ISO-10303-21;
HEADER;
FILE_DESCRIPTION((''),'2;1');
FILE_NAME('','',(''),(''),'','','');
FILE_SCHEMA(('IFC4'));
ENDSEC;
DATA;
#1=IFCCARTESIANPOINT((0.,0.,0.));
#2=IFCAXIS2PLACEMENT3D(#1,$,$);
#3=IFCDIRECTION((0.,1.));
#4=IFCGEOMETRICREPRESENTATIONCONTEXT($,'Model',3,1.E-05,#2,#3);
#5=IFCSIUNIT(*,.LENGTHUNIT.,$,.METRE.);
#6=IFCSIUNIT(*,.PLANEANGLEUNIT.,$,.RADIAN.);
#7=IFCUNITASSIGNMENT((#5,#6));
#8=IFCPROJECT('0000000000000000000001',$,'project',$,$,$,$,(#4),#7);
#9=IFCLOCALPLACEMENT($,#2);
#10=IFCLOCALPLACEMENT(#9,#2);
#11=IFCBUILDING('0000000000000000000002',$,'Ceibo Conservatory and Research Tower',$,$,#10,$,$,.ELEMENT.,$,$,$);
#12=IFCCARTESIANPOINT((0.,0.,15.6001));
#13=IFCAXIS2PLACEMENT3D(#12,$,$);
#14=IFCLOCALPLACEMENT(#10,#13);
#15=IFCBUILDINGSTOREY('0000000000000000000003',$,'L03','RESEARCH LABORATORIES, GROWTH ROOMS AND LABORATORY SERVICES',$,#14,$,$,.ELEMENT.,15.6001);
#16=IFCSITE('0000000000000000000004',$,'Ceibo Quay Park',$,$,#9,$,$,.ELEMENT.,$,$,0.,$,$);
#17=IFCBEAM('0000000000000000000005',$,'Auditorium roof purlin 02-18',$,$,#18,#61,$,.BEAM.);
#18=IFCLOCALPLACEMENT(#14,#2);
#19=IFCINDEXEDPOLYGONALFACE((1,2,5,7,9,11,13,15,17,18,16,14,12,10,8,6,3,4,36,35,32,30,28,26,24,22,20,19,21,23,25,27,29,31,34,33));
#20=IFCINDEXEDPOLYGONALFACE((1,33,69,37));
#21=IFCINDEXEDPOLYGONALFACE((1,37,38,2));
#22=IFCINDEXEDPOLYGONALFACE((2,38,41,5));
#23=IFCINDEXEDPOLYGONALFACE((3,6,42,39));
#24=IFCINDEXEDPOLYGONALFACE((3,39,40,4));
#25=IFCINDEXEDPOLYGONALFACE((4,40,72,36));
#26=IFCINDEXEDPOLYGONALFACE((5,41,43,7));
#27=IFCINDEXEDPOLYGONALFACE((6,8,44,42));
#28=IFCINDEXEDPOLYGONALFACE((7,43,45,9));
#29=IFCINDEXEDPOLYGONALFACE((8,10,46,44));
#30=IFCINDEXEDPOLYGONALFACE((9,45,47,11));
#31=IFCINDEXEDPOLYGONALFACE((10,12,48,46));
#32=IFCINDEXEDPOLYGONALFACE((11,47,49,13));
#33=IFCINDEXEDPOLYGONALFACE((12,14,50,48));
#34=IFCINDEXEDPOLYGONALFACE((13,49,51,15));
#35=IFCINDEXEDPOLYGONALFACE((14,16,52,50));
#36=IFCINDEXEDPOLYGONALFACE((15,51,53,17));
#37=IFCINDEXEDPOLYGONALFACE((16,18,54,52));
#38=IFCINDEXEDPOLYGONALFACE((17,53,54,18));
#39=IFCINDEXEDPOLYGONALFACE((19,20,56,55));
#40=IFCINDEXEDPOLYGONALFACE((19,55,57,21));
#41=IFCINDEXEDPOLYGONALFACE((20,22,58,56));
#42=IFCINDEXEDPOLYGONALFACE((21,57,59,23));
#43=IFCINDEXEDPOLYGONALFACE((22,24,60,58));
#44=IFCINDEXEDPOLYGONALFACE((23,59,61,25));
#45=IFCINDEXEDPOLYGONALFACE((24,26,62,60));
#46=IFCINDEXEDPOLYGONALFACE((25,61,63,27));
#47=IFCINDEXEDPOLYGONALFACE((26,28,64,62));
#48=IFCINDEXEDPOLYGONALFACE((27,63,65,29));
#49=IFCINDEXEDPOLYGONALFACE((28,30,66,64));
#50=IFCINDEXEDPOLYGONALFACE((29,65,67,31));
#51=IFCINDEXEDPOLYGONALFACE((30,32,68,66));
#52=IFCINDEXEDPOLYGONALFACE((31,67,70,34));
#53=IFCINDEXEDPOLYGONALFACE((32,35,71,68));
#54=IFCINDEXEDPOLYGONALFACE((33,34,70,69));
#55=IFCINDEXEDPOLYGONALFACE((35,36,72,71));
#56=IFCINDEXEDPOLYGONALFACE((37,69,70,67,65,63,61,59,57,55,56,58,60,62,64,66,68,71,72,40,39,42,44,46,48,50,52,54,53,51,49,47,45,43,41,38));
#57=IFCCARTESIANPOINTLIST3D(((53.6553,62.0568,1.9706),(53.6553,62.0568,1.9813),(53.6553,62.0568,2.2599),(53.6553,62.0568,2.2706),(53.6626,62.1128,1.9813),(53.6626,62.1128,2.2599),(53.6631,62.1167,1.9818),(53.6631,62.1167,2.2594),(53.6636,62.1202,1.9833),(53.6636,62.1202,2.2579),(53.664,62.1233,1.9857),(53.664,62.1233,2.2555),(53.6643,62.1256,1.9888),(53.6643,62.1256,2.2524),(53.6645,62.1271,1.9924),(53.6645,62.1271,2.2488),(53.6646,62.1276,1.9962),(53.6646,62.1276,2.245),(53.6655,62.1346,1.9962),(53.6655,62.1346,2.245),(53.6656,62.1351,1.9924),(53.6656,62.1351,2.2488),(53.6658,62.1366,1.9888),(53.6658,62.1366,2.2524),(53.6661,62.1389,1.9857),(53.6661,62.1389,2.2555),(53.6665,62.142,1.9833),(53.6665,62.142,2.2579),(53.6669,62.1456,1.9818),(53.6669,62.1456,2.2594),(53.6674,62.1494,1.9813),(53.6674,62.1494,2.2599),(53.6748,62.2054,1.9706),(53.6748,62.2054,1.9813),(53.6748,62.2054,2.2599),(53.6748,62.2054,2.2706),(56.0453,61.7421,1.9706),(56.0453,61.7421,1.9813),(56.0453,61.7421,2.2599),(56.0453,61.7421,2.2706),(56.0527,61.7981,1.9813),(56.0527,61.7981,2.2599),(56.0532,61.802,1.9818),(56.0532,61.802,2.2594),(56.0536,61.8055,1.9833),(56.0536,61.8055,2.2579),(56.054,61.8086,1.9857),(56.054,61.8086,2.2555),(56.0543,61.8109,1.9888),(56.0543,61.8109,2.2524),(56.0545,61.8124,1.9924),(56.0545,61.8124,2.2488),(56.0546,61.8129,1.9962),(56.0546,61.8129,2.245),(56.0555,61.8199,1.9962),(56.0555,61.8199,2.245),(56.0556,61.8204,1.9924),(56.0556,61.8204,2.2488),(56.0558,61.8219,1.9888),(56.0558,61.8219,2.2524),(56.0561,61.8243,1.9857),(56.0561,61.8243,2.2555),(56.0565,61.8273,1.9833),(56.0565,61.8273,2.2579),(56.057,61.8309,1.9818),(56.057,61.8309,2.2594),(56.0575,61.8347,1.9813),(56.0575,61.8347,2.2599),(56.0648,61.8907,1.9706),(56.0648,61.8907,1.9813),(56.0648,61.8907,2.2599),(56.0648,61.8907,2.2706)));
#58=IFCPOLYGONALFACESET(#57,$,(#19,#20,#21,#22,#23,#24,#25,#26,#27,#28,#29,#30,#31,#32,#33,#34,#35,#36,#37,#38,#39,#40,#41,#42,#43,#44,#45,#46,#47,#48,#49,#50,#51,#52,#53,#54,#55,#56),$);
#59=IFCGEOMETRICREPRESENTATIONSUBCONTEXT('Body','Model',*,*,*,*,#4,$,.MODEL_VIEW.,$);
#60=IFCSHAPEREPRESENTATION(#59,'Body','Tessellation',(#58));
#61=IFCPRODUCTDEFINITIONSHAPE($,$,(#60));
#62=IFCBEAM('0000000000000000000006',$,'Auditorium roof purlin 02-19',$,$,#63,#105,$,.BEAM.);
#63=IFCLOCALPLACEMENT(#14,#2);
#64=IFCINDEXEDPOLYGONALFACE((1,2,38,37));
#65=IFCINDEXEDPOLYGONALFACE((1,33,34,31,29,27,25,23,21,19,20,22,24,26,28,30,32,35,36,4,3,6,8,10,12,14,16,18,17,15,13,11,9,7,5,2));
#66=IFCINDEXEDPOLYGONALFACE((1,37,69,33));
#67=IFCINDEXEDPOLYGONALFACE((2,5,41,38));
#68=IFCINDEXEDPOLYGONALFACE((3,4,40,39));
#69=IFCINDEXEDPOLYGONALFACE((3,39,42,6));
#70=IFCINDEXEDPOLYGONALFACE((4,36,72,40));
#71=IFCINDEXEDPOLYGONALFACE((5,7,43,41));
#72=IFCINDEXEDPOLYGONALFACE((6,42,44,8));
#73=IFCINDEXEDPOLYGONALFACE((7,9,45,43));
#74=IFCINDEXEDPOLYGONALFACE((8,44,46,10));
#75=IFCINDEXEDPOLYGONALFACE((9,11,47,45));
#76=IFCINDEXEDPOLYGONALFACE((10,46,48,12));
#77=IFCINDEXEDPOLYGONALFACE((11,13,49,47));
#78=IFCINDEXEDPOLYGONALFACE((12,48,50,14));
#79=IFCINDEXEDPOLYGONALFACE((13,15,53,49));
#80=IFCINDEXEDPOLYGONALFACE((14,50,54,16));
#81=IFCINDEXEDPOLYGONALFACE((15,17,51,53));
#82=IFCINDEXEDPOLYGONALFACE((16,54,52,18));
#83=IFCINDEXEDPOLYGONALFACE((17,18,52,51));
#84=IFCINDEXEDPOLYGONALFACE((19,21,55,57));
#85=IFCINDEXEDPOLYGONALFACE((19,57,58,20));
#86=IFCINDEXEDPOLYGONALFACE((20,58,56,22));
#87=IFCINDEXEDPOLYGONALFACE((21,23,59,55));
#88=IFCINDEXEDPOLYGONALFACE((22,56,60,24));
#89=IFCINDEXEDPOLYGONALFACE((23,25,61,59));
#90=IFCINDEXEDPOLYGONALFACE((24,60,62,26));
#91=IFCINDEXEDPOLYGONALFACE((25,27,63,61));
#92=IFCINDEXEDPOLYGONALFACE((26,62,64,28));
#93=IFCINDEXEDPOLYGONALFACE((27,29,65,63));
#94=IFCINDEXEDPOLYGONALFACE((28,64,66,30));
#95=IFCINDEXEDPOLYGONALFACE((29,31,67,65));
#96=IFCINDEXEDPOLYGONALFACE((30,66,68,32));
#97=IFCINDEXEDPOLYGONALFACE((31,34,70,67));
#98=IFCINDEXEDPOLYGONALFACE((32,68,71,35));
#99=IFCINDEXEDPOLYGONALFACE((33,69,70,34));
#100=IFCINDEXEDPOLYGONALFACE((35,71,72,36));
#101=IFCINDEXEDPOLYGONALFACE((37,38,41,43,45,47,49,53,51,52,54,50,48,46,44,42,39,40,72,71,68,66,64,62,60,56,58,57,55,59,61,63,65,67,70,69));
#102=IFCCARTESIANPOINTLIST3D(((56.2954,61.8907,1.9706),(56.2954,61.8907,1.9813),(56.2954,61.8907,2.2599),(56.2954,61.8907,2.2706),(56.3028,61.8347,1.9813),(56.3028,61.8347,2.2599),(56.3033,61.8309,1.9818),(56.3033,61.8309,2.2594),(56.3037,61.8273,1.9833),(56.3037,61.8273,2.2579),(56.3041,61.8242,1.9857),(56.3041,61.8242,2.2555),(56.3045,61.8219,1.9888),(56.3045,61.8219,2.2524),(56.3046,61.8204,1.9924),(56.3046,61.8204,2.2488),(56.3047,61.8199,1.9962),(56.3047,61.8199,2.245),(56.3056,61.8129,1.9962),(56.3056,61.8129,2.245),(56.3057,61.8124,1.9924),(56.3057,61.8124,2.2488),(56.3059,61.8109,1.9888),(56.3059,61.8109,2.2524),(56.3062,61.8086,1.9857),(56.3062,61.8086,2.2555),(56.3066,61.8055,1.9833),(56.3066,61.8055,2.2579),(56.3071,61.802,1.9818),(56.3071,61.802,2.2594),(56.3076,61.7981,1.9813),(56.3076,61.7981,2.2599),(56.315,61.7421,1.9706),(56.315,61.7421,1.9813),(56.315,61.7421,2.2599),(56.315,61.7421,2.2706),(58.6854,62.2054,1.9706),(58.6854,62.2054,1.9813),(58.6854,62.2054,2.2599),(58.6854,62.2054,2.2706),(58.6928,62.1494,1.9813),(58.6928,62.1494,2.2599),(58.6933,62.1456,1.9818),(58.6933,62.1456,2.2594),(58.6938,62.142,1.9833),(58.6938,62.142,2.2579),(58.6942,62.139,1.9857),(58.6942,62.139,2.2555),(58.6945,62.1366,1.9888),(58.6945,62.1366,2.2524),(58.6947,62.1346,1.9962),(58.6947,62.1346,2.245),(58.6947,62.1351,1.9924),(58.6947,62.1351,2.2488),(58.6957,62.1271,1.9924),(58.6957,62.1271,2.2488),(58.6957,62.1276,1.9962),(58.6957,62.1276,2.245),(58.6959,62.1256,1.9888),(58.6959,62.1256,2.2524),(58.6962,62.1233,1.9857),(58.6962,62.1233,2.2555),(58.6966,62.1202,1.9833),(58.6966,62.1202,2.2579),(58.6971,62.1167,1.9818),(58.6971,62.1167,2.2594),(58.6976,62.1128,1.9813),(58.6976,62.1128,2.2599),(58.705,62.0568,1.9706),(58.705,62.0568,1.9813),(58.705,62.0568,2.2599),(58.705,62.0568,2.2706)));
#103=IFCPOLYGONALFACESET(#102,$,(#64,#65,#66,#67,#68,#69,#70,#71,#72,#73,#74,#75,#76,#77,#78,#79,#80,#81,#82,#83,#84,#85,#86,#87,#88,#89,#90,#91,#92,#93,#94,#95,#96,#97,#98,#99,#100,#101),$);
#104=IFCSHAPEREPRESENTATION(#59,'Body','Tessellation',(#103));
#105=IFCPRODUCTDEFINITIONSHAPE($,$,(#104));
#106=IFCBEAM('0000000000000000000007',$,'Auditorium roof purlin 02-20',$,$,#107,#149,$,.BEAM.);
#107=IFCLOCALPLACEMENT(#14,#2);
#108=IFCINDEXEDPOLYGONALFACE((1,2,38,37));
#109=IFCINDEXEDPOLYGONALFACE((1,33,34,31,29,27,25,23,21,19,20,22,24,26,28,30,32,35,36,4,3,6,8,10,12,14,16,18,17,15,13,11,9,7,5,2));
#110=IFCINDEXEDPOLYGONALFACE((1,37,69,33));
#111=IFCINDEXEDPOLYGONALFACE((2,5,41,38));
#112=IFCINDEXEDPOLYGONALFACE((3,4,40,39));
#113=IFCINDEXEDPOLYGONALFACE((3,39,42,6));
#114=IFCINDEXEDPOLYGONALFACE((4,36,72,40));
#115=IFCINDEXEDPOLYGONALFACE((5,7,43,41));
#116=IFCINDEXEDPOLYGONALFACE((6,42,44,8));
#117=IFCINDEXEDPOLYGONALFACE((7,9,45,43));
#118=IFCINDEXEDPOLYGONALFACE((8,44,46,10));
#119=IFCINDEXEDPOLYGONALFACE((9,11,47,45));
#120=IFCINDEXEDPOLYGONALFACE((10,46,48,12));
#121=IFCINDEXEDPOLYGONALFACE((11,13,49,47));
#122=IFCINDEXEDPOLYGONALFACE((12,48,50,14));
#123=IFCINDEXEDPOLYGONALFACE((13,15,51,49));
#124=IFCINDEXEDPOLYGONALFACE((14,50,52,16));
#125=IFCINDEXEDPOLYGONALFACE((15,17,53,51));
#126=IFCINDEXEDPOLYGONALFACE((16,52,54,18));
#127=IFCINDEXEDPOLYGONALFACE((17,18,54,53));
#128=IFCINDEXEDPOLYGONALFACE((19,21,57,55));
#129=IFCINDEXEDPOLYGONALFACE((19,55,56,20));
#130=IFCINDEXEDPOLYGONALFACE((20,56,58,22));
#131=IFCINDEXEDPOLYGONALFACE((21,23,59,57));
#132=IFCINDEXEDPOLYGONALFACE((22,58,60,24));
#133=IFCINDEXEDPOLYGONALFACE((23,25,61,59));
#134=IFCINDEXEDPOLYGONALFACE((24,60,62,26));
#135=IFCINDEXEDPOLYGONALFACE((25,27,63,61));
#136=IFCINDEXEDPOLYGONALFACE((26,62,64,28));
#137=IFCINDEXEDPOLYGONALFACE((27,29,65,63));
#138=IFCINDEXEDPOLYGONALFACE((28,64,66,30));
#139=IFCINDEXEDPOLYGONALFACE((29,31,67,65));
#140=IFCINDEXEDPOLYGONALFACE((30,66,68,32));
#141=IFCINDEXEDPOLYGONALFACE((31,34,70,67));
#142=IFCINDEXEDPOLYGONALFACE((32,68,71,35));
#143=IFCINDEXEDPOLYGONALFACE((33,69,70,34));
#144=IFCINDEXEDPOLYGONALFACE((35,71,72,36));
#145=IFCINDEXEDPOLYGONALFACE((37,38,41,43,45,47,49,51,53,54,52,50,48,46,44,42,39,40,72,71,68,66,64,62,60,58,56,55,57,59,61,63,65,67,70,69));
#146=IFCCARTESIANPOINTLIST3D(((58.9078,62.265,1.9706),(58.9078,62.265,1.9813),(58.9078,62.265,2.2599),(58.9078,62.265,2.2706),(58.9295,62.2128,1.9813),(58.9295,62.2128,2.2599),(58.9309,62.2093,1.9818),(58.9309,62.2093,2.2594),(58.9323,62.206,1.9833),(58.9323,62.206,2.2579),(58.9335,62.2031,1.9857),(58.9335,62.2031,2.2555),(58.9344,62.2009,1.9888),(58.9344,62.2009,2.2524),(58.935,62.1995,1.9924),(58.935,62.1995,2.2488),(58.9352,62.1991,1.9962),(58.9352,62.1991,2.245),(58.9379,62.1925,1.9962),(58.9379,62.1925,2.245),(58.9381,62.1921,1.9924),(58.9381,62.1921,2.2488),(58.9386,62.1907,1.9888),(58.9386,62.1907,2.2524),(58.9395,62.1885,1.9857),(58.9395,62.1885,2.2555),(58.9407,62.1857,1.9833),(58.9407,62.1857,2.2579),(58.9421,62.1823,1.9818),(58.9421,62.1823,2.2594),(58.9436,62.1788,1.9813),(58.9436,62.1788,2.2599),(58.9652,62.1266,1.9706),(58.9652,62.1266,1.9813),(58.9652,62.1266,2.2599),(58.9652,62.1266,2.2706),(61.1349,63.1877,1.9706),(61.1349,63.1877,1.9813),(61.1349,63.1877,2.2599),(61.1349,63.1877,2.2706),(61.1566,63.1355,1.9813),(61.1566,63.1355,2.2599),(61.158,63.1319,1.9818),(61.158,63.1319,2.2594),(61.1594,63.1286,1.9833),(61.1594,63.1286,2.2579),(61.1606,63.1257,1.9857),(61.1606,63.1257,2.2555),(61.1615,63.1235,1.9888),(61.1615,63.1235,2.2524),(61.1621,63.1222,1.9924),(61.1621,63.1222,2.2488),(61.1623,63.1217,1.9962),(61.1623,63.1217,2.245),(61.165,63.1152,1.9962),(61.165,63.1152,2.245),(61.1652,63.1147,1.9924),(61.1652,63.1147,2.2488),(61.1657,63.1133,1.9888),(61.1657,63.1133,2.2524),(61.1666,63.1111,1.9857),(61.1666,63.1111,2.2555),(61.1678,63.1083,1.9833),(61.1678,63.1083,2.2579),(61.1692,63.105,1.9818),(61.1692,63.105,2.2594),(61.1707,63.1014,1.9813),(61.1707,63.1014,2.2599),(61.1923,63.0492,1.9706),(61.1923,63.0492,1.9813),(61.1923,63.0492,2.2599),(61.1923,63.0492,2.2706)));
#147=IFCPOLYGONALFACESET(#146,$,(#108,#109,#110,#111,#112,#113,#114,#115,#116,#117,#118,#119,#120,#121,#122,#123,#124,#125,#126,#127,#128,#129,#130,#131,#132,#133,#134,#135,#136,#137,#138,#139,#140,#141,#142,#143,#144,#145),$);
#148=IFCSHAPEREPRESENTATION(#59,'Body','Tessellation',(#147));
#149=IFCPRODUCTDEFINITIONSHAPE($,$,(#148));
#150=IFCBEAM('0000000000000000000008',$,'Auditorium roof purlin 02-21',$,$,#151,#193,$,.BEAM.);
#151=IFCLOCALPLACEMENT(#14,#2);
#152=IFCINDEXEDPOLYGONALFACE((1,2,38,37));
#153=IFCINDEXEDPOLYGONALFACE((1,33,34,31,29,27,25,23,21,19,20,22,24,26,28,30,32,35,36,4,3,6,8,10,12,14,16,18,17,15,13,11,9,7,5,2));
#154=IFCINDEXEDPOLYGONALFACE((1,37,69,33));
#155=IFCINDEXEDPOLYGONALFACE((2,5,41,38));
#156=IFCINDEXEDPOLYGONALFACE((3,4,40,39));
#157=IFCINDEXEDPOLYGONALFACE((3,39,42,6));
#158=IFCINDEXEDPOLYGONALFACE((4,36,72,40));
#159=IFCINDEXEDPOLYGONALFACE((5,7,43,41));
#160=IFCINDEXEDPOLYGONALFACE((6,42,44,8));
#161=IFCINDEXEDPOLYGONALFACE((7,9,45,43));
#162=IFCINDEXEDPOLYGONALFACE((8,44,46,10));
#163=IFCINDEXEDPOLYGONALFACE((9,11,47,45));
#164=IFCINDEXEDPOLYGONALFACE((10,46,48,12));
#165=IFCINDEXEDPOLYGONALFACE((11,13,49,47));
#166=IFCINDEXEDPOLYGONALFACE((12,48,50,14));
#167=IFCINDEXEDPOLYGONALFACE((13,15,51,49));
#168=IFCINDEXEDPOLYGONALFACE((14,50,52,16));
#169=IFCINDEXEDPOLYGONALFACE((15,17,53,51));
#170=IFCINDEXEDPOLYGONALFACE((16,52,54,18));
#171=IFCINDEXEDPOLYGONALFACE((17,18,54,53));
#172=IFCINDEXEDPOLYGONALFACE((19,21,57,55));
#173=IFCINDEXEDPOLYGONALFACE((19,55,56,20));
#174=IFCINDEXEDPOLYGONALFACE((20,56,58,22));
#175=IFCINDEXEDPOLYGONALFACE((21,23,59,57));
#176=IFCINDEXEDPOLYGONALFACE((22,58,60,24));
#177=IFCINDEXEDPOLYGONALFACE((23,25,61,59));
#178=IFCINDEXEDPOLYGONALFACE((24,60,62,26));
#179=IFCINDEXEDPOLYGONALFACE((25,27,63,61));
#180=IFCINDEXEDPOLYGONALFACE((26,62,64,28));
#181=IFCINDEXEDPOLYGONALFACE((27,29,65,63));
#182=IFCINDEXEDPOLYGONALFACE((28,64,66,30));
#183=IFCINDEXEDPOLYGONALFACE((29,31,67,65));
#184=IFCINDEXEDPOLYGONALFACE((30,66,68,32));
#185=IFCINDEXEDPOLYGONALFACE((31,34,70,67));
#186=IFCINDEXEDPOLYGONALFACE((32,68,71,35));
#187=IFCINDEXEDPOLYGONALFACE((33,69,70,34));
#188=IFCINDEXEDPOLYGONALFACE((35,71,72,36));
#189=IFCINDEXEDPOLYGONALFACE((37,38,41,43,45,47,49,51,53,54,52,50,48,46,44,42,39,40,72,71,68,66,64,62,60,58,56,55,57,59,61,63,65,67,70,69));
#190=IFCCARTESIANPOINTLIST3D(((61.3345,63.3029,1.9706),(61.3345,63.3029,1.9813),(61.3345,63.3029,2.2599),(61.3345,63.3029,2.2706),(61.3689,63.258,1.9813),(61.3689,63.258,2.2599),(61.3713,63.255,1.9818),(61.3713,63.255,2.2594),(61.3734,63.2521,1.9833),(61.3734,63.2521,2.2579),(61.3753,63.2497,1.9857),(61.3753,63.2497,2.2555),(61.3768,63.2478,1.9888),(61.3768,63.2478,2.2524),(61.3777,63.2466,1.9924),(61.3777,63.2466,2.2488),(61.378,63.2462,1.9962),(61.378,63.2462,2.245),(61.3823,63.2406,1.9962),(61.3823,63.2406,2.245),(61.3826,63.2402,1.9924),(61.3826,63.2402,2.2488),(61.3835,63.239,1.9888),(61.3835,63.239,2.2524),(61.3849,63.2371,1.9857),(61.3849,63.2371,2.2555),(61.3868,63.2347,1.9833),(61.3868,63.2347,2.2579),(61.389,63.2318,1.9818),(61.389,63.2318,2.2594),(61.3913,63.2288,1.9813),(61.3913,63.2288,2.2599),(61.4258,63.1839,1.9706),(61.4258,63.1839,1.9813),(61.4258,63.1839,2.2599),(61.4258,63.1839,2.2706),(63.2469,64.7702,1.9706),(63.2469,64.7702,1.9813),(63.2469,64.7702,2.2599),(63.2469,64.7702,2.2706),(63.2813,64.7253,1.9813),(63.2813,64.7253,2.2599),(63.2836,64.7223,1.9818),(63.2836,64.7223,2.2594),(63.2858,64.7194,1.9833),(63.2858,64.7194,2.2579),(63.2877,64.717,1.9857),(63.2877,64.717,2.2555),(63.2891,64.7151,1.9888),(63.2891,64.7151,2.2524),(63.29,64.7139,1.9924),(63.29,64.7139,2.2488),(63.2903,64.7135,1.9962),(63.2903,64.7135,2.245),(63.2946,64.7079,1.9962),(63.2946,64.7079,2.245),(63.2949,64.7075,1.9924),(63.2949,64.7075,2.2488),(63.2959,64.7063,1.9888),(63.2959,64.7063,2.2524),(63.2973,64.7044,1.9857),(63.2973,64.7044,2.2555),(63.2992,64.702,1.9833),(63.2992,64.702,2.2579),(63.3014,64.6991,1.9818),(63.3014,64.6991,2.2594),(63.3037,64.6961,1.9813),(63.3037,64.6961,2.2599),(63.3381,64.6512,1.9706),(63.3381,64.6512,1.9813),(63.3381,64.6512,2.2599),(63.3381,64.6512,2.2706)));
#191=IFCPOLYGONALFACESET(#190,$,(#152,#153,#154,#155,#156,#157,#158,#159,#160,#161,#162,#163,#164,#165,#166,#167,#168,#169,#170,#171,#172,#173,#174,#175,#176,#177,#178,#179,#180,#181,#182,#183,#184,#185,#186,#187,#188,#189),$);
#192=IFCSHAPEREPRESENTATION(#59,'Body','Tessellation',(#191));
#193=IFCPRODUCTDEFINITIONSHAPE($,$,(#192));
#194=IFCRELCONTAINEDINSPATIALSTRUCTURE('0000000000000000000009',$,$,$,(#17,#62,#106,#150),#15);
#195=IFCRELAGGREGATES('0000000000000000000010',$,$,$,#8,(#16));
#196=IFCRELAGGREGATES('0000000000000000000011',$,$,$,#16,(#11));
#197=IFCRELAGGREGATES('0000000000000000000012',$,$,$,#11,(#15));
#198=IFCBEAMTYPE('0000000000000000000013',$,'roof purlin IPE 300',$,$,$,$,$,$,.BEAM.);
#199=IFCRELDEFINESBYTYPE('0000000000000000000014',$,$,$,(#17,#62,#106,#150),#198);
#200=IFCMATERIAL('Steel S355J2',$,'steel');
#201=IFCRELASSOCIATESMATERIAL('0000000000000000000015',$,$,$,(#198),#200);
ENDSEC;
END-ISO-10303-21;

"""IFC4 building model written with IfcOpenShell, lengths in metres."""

from ifc_helpers import new_model, si_unit, direction, frame, origin, origin_2d, place, context, subcontext, project, spatial, i_section, extrude, material, material_profile, profile_set, type_object, element, save


model = new_model("IFC4")

# Units and contexts
model_context = context("Model", 3, precision=1e-05, world=origin(), true_north=direction((0.0, 1.0)))
body_context = subcontext(model_context, "Body", "Model", "MODEL_VIEW")
ifc_project = project(units=[si_unit("LENGTHUNIT", "METRE"), si_unit("PLANEANGLEUNIT", "RADIAN")], contexts=[model_context])

# Site, building, storey
site_placement = place(None, origin())
site = spatial("IfcSite", under=ifc_project, at=site_placement, Name="Ceibo Quay Park", CompositionType="ELEMENT", RefElevation=0.0)
building_placement = place(site_placement, origin())
building = spatial("IfcBuilding", under=site, at=building_placement, Name="Ceibo Conservatory and Research Tower", CompositionType="ELEMENT")
storey_placement = place(building_placement, frame((0.0, 0.0, 15.6001)))
storey = spatial("IfcBuildingStorey", under=building, at=storey_placement, Name="L03", Description="RESEARCH LABORATORIES, GROWTH ROOMS AND LABORATORY SERVICES", CompositionType="ELEMENT", Elevation=15.6001)

# Beams
ifc_material_1 = material(Name="Steel S355J2", Category="steel")
ifc_material_profile_1 = material_profile(ifc_material_1, i_section(OverallWidth=0.1499, OverallDepth=0.3, WebThickness=0.0071, FlangeThickness=0.0107, FilletRadius=0.0149, at=origin_2d()), Name="IPE 300")
ifc_profile_set_1 = profile_set([ifc_material_profile_1], Name="Steel S355J2")
beam_type_1 = type_object("IfcBeamType", Name="roof purlin IPE 300", PredefinedType="BEAM", material=ifc_profile_set_1)
for number, where, z_axis, x_axis, name in (
    (1, (53.665, 62.1311, 2.1206), (0.991443, -0.130538, 0.0), (0.130538, 0.991443, 0.0), "Auditorium roof purlin 02-18"),
    (2, (56.3052, 61.8164, 2.1206), (0.991442, 0.130551, 0.0), (-0.130551, 0.991442, 0.0), "Auditorium roof purlin 02-19"),
    (3, (58.9365, 62.1958, 2.1206), (0.92386, 0.38273, 0.0), (-0.38273, 0.92386, 0.0), "Auditorium roof purlin 02-20"),
):
    element("IfcBeam", number, at=place(storey_placement, frame(where, z_axis=z_axis, x_axis=x_axis)), inside=storey, type_object=beam_type_1, Name=name, PredefinedType="BEAM", context=body_context, shape_type="SweptSolid", body=[
        extrude(i_section(OverallWidth=0.1499, OverallDepth=0.3, WebThickness=0.0071, FlangeThickness=0.0107, FilletRadius=0.0149, at=origin_2d()), origin(), (0.0, 0.0, 1.0), 2.4106),
    ])
beam_1_placement = place(storey_placement, frame((61.3801, 63.2434, 2.1206), z_axis=(0.793376, 0.608731, 0.0), x_axis=(-0.608731, 0.793376, 0.0)))
element("IfcBeam", 4, at=beam_1_placement, inside=storey, type_object=beam_type_1, Name="Auditorium roof purlin 02-21", PredefinedType="BEAM", context=body_context, shape_type="SweptSolid", body=[
    extrude(i_section(OverallWidth=0.1499, OverallDepth=0.3, WebThickness=0.0071, FlangeThickness=0.0107, FilletRadius=0.0149, at=origin_2d()), origin(), (0.0, 0.0, 1.0), 2.4104),
])

save(model, "model.ifc")
